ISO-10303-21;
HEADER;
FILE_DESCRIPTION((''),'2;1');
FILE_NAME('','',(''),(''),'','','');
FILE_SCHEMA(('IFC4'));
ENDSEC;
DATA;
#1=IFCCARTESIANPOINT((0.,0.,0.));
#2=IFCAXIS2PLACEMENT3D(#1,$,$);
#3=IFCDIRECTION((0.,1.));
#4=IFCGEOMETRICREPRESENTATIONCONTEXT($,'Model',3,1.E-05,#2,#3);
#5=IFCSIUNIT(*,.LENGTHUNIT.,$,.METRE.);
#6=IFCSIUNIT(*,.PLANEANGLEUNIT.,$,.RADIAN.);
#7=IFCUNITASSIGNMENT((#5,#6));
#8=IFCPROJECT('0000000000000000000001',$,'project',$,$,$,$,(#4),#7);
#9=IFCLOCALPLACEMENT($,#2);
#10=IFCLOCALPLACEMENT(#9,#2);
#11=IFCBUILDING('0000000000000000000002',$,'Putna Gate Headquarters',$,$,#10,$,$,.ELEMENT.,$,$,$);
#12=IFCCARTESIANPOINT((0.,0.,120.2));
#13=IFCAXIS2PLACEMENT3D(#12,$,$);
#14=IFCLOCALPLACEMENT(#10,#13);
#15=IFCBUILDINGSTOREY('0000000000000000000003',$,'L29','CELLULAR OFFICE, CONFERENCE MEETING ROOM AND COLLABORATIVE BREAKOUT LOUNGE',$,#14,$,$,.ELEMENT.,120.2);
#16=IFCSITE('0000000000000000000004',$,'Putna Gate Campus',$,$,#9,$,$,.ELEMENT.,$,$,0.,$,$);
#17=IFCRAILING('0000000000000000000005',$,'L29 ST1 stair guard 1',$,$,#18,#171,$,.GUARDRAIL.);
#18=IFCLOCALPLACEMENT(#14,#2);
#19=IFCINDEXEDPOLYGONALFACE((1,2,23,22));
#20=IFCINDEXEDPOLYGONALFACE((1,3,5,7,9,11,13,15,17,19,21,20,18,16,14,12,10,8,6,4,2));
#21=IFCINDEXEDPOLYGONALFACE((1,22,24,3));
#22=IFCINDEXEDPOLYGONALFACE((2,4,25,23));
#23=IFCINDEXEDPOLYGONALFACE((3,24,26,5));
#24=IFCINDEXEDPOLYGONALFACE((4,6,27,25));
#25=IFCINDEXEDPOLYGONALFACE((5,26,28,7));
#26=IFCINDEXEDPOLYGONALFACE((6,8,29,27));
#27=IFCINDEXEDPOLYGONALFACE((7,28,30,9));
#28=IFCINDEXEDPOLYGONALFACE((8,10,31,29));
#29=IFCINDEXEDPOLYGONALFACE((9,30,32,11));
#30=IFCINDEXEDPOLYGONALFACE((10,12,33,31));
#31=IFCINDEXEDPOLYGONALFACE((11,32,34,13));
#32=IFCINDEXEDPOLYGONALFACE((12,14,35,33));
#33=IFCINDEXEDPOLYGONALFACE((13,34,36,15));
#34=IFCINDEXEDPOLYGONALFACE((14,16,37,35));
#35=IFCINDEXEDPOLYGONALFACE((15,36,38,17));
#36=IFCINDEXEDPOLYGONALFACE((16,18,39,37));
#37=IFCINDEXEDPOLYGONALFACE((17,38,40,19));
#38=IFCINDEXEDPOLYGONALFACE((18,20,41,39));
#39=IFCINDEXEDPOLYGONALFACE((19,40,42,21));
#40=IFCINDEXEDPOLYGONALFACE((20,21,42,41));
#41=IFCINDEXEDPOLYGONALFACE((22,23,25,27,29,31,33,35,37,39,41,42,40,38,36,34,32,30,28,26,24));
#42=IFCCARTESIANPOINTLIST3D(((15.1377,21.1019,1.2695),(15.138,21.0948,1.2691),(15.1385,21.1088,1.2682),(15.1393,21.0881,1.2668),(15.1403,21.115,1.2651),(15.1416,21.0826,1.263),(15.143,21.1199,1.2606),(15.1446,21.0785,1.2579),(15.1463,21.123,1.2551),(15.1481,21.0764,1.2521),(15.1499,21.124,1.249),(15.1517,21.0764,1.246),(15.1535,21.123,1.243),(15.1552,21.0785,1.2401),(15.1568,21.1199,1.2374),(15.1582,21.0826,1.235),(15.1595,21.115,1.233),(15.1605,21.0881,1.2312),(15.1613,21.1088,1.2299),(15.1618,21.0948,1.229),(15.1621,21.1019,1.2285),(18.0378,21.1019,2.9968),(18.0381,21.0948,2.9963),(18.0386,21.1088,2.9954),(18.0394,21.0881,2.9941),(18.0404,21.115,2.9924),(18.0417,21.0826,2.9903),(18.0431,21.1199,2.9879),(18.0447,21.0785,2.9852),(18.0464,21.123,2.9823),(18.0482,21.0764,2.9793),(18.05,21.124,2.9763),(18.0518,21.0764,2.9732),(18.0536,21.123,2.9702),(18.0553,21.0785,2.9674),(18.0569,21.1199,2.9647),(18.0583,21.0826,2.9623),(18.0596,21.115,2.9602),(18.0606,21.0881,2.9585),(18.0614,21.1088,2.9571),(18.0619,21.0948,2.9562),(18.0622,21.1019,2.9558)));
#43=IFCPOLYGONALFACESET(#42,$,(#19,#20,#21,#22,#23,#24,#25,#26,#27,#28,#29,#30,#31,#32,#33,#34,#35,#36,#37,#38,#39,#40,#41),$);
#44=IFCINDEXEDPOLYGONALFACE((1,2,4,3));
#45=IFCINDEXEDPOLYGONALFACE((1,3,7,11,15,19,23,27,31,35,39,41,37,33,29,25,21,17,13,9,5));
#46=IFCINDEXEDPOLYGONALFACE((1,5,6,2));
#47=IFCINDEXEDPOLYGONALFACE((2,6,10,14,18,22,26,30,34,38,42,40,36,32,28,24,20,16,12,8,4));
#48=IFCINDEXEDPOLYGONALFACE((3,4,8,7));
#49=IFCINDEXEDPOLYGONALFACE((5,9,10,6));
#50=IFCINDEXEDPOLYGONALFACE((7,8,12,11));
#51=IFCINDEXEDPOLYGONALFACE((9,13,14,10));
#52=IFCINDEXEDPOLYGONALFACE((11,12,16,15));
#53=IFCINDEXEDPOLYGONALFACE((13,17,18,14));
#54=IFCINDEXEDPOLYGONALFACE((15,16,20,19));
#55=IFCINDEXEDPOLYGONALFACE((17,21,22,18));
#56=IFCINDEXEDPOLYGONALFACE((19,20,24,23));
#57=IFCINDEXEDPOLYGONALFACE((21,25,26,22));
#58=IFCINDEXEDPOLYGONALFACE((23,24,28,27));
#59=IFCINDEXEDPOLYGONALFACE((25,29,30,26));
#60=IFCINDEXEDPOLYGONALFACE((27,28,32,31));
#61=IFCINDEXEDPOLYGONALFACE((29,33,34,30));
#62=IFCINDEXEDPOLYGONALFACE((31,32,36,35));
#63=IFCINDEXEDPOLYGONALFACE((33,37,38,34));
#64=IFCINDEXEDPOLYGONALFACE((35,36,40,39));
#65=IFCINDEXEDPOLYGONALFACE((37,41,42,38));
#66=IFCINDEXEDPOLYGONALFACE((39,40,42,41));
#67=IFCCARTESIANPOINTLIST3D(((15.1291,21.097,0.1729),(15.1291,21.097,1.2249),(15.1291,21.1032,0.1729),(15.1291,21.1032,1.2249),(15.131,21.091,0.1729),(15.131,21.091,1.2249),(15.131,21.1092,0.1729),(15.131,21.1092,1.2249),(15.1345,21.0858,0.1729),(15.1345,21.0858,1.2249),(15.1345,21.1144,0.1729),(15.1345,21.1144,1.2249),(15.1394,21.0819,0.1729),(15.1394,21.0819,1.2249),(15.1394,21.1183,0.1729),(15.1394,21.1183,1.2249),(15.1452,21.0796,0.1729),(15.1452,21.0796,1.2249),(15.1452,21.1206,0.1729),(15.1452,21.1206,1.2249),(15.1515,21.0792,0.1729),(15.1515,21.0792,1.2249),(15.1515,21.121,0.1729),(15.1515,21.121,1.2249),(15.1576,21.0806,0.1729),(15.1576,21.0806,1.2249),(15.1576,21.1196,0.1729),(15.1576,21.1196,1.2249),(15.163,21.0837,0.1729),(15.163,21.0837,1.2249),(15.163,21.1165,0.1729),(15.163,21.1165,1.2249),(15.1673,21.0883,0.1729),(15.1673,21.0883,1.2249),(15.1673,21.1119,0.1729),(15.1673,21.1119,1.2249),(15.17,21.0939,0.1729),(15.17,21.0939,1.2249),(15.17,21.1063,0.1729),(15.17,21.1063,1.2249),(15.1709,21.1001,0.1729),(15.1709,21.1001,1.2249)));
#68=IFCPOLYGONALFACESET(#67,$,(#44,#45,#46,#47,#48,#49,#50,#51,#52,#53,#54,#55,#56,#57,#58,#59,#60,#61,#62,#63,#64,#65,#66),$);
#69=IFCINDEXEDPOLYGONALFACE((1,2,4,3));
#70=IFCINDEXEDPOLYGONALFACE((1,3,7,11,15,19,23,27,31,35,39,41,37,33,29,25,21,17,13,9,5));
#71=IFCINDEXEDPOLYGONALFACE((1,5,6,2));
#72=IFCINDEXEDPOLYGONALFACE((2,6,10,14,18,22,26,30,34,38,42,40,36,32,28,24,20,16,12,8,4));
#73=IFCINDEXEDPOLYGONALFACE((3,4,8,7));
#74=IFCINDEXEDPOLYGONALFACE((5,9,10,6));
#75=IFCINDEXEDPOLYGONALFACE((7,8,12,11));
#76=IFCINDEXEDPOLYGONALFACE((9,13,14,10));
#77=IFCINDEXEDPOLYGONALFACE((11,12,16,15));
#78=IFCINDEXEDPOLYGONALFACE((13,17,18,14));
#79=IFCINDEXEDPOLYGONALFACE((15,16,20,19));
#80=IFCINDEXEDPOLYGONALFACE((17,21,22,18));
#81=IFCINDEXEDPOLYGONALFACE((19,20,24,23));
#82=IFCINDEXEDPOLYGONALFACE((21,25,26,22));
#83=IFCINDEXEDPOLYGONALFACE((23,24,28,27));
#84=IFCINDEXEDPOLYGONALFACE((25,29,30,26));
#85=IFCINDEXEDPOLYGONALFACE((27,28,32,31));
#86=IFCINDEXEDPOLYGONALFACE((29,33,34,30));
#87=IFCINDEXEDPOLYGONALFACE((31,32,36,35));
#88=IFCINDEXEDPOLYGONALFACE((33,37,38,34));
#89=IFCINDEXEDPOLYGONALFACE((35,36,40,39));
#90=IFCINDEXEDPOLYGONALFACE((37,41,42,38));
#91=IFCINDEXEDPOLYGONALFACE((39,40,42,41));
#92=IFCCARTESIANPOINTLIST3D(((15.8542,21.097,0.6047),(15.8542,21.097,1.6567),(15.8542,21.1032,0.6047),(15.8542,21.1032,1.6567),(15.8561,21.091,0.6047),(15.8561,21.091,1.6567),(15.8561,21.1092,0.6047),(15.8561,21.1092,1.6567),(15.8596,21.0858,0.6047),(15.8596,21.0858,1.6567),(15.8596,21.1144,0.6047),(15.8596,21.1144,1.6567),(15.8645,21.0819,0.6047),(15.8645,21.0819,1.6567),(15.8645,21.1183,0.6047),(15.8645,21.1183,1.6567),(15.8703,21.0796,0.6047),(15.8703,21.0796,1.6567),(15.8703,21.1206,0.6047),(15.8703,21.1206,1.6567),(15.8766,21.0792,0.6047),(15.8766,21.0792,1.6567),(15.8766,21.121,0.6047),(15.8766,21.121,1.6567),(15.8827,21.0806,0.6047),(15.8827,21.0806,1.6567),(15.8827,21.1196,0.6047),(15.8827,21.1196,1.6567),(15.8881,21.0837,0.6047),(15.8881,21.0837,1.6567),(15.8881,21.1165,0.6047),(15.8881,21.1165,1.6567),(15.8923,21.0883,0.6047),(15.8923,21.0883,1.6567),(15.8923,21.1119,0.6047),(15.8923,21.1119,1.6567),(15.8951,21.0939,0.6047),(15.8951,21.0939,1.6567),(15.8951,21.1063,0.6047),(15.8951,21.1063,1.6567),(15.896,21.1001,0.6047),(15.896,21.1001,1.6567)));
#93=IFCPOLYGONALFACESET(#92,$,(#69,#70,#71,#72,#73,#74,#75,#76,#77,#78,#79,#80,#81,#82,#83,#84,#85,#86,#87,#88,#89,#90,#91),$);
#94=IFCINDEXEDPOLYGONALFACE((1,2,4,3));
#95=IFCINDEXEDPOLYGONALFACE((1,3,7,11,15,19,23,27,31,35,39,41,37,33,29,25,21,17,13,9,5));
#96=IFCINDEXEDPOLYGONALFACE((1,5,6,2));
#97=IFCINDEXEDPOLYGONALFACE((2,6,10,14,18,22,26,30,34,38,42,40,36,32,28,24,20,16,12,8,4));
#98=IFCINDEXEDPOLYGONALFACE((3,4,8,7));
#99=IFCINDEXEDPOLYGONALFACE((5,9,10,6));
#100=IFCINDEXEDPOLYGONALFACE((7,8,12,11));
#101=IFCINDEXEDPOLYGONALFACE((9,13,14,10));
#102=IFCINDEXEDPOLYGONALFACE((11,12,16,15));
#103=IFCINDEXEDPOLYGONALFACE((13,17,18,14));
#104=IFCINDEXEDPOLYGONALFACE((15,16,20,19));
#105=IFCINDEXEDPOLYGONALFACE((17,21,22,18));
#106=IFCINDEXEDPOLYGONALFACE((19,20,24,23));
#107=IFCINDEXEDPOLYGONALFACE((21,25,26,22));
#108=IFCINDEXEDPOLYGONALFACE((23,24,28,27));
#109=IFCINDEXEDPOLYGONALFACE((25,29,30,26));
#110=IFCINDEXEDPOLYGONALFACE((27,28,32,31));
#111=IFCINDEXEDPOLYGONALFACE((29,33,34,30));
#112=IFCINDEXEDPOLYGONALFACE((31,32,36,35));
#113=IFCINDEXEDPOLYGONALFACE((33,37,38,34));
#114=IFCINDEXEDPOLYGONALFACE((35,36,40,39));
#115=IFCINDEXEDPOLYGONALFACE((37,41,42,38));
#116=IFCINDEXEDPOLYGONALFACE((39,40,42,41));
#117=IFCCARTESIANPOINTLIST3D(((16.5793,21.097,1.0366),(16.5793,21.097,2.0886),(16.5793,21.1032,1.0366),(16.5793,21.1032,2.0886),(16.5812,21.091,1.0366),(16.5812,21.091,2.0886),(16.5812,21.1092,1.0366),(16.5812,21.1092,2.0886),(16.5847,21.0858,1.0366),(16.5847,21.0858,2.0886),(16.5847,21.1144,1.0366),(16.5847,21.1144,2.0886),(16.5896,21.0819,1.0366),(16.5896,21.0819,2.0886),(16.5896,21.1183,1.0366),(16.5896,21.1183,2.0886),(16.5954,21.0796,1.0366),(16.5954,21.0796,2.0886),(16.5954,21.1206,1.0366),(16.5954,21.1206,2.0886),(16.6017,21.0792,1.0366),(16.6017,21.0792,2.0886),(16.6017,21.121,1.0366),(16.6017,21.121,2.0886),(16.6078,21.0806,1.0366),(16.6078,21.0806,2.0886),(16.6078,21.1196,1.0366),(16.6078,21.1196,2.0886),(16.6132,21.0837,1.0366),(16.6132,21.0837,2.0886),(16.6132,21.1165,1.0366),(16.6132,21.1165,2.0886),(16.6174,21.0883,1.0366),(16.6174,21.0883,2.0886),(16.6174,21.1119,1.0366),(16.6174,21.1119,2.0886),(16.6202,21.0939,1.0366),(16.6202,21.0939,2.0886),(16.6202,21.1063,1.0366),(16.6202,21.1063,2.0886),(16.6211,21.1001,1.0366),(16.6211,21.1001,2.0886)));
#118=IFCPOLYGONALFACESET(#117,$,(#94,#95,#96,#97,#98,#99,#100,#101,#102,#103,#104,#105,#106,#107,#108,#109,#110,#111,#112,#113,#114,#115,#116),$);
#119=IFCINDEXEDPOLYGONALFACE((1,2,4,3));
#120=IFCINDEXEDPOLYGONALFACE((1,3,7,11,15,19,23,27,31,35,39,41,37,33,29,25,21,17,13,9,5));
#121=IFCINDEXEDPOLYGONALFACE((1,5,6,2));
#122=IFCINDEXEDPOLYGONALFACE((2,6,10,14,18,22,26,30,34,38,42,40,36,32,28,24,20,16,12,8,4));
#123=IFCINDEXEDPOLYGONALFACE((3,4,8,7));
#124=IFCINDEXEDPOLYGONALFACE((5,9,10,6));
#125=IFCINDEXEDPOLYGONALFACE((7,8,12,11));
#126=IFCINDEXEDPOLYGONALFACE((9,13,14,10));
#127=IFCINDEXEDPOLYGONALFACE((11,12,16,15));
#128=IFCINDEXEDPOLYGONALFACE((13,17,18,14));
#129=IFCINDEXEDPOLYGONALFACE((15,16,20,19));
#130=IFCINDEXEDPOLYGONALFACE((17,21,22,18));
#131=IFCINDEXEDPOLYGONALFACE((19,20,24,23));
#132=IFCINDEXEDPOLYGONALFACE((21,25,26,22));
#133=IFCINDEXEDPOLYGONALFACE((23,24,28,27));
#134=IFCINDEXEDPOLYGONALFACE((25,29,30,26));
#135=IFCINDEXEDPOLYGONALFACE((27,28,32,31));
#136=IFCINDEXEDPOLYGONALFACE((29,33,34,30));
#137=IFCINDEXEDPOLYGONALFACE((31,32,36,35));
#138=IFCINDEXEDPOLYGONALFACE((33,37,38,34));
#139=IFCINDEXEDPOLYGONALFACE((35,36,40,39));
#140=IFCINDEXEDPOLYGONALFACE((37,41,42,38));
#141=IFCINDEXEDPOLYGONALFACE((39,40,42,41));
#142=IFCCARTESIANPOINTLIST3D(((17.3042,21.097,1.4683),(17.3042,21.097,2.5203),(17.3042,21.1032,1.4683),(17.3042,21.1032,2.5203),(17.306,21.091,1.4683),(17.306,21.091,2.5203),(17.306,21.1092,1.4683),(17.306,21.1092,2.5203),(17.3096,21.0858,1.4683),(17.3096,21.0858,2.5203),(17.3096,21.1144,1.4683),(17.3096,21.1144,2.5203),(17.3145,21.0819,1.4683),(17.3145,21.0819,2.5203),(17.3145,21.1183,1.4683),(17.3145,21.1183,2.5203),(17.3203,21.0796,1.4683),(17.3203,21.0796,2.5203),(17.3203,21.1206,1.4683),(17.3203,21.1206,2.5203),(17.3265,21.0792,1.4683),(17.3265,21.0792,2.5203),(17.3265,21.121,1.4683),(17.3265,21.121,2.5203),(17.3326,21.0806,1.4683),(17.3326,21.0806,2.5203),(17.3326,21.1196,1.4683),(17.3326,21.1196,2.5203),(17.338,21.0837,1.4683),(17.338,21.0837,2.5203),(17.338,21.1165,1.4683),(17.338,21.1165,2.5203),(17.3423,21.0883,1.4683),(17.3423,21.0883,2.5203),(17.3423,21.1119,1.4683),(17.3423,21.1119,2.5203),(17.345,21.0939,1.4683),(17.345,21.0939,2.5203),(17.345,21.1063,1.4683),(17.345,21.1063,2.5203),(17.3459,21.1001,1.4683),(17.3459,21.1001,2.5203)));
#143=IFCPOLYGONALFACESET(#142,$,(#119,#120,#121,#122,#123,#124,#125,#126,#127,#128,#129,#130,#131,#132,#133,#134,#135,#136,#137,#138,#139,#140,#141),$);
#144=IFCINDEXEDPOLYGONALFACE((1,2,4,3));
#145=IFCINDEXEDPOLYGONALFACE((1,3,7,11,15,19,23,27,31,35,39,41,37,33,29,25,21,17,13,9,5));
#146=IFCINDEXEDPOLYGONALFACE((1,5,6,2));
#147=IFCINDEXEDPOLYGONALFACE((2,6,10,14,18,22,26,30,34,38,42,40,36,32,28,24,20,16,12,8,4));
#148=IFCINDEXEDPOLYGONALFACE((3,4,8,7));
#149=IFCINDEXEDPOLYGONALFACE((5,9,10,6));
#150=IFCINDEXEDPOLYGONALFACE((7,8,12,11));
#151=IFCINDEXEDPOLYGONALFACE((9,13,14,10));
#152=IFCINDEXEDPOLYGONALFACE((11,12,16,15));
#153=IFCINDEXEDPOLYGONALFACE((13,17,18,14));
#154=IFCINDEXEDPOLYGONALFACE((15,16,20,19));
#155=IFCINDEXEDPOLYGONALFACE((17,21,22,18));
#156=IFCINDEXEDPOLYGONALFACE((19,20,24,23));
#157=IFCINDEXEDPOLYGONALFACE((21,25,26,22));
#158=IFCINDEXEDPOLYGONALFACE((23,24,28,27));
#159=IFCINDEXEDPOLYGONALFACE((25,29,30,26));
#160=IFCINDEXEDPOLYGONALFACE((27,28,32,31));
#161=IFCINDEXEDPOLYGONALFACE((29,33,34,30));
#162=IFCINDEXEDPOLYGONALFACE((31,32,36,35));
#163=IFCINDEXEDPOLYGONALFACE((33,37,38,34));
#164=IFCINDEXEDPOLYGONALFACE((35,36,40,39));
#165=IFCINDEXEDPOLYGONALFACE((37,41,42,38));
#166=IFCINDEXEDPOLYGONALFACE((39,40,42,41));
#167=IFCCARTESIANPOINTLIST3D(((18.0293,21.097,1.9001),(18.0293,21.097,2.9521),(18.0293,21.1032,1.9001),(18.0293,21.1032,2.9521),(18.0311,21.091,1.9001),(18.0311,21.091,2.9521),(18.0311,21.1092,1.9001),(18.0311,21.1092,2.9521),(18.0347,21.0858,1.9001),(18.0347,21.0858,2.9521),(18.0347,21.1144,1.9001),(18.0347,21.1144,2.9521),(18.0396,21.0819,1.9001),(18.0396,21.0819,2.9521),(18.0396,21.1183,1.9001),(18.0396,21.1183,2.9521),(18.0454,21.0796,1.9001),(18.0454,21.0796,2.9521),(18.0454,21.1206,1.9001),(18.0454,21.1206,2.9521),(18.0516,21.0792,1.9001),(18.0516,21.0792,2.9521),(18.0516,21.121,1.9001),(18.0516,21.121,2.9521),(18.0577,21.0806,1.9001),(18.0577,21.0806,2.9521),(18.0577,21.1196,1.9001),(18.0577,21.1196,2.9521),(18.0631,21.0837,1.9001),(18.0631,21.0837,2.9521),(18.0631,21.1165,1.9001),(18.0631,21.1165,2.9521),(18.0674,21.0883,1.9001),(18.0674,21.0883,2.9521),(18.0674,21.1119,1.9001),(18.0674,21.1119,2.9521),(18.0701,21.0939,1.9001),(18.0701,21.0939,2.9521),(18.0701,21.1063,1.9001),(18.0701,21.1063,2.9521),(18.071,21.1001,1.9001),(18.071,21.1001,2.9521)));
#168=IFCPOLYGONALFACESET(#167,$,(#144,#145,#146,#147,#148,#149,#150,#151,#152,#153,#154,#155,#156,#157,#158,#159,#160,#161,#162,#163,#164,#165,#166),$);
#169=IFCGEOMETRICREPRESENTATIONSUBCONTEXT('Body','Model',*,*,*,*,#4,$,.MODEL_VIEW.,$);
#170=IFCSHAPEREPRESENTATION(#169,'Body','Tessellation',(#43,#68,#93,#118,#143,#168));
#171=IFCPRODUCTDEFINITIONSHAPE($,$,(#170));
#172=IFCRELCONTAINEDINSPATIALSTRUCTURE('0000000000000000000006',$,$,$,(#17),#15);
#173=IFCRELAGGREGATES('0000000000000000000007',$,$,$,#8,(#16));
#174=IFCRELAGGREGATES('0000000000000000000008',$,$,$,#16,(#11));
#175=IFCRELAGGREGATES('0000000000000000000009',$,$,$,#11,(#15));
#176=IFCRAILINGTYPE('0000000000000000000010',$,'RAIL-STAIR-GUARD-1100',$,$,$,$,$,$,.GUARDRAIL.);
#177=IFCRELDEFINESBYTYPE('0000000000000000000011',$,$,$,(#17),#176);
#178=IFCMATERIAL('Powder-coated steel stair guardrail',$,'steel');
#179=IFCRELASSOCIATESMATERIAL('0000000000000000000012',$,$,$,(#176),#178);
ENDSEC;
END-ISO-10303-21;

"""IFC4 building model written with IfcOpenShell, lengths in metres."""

from ifc_helpers import new_model, si_unit, direction, frame, origin, origin_2d, place, context, subcontext, project, spatial, circle, extrude, material, type_object, element, save


model = new_model("IFC4")

# Units and contexts
model_context = context("Model", 3, precision=1e-05, world=origin(), true_north=direction((0.0, 1.0)))
body_context = subcontext(model_context, "Body", "Model", "MODEL_VIEW")
ifc_project = project(units=[si_unit("LENGTHUNIT", "METRE"), si_unit("PLANEANGLEUNIT", "RADIAN")], contexts=[model_context])

# Site, building, storey
site_placement = place(None, origin())
site = spatial("IfcSite", under=ifc_project, at=site_placement, Name="Putna Gate Campus", CompositionType="ELEMENT", RefElevation=0.0)
building_placement = place(site_placement, origin())
building = spatial("IfcBuilding", under=site, at=building_placement, Name="Putna Gate Headquarters", CompositionType="ELEMENT")
storey_placement = place(building_placement, frame((0.0, 0.0, 120.2)))
storey = spatial("IfcBuildingStorey", under=building, at=storey_placement, Name="L29", Description="CELLULAR OFFICE, CONFERENCE MEETING ROOM AND COLLABORATIVE BREAKOUT LOUNGE", CompositionType="ELEMENT", Elevation=120.2)

# Railing
ifc_material_1 = material(Name="Powder-coated steel stair guardrail", Category="steel")
railing_type_1 = type_object("IfcRailingType", Name="RAIL-STAIR-GUARD-1100", PredefinedType="GUARDRAIL", material=ifc_material_1)
railing_1_placement = place(storey_placement, frame((15.1499, 21.1001, 0.1729)))
element("IfcRailing", 1, at=railing_1_placement, inside=storey, type_object=railing_type_1, Name="L29 ST1 stair guard 1", PredefinedType="GUARDRAIL", context=body_context, shape_type="SweptSolid", body=[
    extrude(circle(Radius=0.0239, at=origin_2d()), frame((0.0, 0.0, 1.0762), z_axis=(0.85916, 0.0, 0.511706), x_axis=(0.0, 1.0, 0.0)), (0.0, 0.0, 1.0), 3.3755),
    extrude(circle(Radius=0.021, at=origin_2d()), origin(), (0.0, 0.0, 1.0), 1.052),
    extrude(circle(Radius=0.021, at=origin_2d()), frame((0.7251, 0.0, 0.4319)), (0.0, 0.0, 1.0), 1.052),
    extrude(circle(Radius=0.021, at=origin_2d()), frame((1.4502, 0.0, 0.8638)), (0.0, 0.0, 1.0), 1.052),
    extrude(circle(Radius=0.021, at=origin_2d()), frame((2.175, 0.0, 1.2954)), (0.0, 0.0, 1.0), 1.052),
    extrude(circle(Radius=0.021, at=origin_2d()), frame((2.9001, 0.0, 1.7273)), (0.0, 0.0, 1.0), 1.052),
])

save(model, "model.ifc")
